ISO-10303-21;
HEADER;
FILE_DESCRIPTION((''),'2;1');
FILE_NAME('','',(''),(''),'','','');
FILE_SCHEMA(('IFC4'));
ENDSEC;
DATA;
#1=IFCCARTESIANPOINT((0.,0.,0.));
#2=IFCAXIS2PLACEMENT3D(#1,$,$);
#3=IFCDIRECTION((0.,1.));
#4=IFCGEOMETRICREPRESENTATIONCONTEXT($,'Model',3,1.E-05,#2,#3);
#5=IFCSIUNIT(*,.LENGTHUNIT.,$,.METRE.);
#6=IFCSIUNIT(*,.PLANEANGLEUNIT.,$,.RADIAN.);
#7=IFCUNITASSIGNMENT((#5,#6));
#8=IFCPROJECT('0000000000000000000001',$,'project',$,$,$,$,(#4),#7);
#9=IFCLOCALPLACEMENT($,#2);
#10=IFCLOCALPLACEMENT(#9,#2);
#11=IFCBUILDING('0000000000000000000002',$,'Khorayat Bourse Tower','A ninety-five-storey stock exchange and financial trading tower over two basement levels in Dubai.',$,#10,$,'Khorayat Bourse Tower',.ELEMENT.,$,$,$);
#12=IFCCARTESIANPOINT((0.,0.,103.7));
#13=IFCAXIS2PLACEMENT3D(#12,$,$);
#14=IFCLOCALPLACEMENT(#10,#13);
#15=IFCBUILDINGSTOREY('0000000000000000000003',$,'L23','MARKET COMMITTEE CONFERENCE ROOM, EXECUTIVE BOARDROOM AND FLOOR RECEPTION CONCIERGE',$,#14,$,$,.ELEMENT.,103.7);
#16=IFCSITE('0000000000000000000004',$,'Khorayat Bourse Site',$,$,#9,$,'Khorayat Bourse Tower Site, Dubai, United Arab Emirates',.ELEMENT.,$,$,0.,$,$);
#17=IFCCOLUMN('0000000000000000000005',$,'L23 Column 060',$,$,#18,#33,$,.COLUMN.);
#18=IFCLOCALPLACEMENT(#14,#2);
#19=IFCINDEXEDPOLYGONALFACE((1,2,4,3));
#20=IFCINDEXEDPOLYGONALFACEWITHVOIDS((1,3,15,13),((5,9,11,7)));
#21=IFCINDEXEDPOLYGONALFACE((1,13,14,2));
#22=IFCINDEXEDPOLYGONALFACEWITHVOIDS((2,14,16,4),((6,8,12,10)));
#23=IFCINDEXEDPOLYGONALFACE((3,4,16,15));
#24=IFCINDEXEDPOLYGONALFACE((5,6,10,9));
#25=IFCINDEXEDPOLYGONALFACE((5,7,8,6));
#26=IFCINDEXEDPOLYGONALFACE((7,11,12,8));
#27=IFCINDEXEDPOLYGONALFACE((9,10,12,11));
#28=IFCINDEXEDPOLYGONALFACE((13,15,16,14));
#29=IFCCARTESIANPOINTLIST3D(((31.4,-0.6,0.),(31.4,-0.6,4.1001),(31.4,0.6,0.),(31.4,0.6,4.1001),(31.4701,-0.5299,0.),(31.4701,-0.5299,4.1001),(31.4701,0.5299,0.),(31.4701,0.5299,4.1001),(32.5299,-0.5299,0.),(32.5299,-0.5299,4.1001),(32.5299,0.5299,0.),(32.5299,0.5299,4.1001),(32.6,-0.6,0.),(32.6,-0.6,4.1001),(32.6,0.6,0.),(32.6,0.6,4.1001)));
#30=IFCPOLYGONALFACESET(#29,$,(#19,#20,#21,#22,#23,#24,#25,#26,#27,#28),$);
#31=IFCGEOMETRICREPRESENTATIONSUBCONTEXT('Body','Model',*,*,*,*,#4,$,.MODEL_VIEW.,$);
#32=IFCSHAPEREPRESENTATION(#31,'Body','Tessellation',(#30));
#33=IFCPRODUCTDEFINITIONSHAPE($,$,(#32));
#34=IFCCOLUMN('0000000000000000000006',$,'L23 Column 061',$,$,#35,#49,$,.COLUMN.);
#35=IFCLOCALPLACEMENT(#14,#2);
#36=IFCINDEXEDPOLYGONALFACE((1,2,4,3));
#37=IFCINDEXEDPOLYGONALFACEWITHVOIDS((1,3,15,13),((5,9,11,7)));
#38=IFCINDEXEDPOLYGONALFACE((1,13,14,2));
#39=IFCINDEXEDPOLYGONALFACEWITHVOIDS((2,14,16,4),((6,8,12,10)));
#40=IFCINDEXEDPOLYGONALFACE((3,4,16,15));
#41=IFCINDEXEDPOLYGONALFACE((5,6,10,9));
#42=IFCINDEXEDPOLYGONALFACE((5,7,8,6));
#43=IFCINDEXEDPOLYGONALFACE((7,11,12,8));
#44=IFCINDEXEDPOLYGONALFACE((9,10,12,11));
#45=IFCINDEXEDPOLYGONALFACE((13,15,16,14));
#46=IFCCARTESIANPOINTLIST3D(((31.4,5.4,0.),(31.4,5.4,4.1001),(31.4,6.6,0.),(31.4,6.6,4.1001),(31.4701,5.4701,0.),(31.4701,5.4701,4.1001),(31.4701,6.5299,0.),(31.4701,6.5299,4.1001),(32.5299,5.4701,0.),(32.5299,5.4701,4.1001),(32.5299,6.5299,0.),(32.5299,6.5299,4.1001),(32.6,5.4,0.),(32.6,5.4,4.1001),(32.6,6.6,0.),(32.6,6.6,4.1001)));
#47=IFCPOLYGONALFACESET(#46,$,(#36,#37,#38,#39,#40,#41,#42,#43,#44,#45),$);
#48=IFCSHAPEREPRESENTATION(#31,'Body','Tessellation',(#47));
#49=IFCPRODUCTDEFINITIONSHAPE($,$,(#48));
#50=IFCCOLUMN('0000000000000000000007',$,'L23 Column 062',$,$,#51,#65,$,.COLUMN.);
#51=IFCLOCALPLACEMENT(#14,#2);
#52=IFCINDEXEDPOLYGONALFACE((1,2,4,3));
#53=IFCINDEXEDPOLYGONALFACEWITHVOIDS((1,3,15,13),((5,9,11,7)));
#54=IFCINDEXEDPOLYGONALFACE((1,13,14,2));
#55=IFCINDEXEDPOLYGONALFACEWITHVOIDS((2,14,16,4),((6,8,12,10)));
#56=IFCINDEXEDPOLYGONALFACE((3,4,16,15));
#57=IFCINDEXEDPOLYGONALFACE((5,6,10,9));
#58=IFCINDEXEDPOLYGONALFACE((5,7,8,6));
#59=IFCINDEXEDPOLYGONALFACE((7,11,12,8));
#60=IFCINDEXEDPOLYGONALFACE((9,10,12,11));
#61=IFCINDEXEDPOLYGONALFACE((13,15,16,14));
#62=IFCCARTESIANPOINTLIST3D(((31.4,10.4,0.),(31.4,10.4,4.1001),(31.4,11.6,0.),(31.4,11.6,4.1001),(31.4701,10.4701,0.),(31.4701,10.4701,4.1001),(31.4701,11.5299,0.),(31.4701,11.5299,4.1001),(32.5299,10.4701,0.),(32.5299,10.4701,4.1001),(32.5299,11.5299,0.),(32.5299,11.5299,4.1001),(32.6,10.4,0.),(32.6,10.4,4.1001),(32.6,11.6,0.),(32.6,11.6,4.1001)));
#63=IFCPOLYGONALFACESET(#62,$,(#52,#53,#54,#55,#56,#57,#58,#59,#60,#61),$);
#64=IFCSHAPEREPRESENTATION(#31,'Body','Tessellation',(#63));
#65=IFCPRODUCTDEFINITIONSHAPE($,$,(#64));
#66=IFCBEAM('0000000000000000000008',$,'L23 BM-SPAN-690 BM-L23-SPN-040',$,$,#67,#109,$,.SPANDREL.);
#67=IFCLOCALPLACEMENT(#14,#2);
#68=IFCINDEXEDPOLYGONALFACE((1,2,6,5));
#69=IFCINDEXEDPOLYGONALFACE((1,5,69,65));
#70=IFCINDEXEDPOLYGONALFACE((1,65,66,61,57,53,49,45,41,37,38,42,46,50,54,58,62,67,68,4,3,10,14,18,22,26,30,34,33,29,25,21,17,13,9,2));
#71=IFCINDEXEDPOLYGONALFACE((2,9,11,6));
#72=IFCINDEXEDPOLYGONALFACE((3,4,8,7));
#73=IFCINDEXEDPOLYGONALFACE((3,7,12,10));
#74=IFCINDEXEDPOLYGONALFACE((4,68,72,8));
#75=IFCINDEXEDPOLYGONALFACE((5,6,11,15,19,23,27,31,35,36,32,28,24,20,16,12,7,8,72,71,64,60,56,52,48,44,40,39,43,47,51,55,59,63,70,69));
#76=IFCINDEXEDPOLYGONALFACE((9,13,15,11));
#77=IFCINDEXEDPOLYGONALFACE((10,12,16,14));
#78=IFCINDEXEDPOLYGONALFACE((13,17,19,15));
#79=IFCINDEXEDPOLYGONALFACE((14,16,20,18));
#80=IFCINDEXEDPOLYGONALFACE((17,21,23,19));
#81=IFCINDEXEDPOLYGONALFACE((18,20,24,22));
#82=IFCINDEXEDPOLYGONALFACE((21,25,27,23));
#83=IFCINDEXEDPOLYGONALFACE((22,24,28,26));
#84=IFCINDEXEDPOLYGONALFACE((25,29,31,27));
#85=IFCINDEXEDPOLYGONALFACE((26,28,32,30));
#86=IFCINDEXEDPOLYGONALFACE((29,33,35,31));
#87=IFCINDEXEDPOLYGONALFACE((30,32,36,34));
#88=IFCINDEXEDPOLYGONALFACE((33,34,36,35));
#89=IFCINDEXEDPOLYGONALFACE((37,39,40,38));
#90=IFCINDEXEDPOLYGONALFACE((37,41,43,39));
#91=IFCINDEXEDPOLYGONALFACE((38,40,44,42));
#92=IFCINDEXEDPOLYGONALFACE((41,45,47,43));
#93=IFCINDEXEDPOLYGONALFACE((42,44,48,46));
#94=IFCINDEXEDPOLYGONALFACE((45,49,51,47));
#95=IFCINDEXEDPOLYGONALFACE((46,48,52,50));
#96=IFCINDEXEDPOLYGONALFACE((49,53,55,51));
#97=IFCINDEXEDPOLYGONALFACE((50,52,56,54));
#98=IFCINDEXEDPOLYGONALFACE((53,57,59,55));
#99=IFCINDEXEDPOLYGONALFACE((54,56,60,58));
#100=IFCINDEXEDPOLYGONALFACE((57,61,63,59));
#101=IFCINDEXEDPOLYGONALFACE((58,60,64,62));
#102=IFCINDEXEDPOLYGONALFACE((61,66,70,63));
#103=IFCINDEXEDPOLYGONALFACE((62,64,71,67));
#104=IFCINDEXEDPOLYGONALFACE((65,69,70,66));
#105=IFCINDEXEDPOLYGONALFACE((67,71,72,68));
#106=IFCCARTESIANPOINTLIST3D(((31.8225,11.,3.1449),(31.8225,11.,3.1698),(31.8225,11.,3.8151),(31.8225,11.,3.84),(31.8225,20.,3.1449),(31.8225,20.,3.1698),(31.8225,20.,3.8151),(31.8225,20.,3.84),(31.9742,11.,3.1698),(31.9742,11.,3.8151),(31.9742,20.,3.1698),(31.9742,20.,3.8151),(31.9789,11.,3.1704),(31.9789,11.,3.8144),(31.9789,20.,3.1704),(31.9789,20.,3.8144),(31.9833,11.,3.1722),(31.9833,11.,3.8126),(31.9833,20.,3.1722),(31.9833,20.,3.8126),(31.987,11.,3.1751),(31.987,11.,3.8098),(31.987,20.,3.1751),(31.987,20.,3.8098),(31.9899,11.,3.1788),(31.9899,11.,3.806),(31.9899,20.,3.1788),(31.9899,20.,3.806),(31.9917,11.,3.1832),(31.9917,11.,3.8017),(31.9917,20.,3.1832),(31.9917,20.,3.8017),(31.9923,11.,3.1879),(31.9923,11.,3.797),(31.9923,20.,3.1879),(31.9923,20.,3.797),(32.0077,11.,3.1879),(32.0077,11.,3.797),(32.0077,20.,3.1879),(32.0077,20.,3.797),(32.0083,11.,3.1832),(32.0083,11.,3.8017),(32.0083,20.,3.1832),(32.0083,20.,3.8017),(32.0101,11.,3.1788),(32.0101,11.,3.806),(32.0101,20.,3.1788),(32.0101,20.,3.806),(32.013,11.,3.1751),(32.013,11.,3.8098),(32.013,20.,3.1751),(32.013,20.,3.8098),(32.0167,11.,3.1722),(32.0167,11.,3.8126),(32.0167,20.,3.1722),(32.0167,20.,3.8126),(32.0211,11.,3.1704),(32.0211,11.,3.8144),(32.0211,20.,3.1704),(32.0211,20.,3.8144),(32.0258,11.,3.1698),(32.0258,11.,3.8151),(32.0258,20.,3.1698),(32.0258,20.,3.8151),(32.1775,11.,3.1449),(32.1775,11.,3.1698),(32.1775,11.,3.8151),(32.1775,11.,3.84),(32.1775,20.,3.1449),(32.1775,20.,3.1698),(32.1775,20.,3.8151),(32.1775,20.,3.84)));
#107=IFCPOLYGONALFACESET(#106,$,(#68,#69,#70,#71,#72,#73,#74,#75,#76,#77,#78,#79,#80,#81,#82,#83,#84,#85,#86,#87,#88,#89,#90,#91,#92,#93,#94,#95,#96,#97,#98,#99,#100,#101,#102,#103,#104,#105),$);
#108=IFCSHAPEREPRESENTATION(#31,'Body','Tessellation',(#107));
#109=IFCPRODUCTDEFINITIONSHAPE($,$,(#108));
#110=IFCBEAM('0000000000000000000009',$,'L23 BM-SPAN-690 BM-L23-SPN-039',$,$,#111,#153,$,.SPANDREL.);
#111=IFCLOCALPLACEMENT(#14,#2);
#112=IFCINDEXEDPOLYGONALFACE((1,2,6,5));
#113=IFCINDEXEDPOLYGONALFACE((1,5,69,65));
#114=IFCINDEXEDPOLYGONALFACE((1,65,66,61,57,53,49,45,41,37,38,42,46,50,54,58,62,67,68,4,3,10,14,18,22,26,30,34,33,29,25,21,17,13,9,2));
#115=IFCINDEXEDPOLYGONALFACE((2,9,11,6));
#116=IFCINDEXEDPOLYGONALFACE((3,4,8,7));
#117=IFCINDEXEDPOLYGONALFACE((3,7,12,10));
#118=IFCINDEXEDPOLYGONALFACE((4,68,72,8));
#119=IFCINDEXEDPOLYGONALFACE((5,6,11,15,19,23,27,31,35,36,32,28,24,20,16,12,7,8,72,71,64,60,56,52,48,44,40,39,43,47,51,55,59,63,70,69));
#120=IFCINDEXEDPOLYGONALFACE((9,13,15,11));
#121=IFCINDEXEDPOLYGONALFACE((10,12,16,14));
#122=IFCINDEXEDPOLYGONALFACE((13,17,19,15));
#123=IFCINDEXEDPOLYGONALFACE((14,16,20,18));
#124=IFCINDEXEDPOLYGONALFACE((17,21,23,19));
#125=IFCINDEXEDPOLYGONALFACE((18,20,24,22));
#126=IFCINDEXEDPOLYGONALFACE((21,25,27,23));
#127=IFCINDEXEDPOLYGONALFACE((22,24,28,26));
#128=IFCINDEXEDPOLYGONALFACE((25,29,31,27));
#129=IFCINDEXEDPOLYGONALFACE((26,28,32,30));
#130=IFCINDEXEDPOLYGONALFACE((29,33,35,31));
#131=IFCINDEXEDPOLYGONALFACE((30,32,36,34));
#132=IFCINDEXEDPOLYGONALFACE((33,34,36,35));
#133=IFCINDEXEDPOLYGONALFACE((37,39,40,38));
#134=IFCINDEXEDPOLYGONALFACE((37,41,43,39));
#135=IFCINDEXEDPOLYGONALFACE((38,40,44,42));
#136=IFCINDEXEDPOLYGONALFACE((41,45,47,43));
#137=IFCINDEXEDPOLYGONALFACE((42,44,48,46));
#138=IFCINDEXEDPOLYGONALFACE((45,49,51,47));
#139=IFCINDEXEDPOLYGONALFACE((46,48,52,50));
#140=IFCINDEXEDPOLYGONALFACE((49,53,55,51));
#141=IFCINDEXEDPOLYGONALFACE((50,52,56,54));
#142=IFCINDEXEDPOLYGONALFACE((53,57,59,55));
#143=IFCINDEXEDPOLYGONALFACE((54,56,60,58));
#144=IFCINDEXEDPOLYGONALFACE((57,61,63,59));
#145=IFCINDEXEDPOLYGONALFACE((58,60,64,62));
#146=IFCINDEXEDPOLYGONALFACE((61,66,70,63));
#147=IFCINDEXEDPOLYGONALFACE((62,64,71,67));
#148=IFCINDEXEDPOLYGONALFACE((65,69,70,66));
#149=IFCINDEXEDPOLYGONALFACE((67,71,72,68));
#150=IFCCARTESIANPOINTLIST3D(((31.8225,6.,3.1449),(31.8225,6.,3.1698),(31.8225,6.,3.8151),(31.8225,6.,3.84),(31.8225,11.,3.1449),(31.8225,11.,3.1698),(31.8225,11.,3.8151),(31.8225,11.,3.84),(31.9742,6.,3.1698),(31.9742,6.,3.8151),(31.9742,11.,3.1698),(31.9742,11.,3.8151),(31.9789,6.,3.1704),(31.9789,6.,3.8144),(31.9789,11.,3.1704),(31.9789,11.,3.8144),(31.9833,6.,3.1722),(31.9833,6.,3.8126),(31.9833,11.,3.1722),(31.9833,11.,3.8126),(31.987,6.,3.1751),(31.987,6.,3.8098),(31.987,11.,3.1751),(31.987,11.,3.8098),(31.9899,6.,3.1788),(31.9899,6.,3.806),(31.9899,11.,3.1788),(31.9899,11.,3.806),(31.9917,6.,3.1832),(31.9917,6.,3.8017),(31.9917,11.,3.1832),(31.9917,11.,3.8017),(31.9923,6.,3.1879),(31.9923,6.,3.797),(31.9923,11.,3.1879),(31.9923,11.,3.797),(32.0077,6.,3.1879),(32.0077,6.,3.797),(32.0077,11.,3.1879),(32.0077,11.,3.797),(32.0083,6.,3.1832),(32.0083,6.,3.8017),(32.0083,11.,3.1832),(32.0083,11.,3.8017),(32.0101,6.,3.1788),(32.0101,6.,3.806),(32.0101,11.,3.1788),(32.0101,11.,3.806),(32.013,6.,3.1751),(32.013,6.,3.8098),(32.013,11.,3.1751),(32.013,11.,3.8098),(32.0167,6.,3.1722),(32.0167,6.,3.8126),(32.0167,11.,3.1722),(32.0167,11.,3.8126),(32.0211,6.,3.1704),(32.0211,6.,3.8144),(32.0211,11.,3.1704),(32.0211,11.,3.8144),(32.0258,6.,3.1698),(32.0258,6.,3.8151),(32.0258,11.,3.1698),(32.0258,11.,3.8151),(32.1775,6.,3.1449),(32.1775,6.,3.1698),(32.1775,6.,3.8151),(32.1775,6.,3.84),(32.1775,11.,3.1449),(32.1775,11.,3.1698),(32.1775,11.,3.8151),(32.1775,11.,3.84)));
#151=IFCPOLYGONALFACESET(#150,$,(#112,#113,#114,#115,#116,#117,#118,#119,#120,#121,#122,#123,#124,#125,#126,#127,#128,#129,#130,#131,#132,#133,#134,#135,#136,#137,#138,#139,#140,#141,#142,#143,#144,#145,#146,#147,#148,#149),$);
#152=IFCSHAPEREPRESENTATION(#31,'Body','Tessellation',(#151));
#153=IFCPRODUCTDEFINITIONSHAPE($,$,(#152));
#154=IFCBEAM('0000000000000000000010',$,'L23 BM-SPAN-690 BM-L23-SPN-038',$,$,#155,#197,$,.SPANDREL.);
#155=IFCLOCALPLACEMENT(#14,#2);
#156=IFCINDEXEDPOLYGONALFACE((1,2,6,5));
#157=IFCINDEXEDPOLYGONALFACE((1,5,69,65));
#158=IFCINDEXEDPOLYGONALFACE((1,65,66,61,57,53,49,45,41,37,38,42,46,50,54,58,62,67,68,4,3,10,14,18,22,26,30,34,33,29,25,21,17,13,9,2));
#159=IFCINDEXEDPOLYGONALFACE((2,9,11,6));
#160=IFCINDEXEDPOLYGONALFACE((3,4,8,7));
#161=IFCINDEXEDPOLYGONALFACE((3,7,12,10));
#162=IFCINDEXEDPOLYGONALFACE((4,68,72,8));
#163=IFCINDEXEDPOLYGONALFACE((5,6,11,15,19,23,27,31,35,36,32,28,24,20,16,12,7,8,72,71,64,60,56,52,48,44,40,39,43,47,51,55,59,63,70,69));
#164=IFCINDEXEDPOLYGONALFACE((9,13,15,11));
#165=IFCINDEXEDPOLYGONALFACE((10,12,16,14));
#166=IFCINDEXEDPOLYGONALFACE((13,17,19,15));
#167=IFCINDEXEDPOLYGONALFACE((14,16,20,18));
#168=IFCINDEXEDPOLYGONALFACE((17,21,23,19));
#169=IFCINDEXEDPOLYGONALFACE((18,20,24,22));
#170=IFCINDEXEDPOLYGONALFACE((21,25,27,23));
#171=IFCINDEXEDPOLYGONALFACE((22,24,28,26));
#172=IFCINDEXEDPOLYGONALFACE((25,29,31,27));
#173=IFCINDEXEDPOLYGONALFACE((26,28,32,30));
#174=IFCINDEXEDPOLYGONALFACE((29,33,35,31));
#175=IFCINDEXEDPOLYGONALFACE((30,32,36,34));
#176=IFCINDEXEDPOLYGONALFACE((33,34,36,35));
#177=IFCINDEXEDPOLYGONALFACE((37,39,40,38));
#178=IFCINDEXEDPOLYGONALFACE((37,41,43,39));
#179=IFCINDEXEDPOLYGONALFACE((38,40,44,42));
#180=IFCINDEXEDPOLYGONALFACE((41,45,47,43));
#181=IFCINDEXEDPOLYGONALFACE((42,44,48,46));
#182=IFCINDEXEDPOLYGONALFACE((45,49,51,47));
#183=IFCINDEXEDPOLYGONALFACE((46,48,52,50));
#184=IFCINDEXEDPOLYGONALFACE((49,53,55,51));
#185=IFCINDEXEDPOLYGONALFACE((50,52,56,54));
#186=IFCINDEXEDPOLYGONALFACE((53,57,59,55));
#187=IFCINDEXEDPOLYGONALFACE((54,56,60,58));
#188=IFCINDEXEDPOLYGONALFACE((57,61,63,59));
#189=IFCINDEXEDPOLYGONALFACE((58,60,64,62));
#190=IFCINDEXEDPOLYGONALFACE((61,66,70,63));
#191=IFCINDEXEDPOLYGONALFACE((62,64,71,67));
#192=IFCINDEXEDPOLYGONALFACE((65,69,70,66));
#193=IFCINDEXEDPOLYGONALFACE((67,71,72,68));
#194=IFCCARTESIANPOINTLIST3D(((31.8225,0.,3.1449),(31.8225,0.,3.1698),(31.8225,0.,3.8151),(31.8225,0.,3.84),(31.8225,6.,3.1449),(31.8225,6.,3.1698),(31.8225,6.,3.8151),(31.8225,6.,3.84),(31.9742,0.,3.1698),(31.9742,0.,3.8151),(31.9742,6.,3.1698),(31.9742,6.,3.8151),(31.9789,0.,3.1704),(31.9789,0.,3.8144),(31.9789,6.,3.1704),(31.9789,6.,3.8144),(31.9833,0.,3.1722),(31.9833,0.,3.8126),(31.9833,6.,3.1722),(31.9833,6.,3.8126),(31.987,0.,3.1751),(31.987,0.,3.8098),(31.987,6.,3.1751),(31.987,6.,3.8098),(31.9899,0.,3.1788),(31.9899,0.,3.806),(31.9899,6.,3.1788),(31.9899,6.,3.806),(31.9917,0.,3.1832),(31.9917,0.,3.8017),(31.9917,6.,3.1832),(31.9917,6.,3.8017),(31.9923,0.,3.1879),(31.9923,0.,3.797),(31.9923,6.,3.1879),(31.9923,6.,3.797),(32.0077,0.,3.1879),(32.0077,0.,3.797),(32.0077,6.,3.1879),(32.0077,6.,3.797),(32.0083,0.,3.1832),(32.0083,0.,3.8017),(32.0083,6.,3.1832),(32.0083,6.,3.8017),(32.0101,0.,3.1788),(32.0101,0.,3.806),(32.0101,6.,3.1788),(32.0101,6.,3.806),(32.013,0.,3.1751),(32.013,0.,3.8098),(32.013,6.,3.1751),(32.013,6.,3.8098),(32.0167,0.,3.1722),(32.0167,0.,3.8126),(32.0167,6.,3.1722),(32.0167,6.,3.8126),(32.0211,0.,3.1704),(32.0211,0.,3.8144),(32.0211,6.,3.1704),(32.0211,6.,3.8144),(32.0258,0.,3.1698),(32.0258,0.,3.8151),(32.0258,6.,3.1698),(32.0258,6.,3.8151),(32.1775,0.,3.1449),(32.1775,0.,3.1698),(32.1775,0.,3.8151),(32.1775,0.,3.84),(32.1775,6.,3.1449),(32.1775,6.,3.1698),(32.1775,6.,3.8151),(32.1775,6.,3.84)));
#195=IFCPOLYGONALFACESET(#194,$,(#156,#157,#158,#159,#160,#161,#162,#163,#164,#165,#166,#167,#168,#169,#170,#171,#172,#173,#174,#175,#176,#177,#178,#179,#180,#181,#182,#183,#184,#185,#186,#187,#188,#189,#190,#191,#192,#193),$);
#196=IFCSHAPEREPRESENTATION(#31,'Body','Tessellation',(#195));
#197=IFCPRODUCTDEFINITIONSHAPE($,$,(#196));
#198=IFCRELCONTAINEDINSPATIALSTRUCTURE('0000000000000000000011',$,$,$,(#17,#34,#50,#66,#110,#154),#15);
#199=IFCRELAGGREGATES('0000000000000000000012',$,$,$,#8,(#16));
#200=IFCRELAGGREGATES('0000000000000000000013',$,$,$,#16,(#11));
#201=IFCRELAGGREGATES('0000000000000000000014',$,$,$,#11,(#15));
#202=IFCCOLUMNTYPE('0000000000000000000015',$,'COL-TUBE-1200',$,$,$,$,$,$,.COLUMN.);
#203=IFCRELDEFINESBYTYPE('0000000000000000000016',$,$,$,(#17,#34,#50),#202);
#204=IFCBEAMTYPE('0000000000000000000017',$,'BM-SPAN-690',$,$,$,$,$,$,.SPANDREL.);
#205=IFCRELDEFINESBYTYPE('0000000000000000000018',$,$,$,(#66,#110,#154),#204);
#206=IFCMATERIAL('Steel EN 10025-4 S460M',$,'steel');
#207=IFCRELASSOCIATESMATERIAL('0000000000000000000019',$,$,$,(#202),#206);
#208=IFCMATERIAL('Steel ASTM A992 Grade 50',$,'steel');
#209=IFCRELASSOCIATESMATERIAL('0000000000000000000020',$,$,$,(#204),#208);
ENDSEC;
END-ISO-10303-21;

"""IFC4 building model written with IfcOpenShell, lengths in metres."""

from ifc_helpers import new_model, si_unit, direction, frame, origin, origin_2d, place, context, subcontext, project, spatial, hollow_rectangle, i_section, extrude, source, transform, mapped, material, material_profile, profile_set, type_object, element, save


model = new_model("IFC4")

# Units and contexts
model_context = context("Model", 3, precision=1e-05, world=origin(), true_north=direction((0.0, 1.0)))
body_context = subcontext(model_context, "Body", "Model", "MODEL_VIEW")
ifc_project = project(units=[si_unit("LENGTHUNIT", "METRE"), si_unit("PLANEANGLEUNIT", "RADIAN")], contexts=[model_context])

# Site, building, storey
site_placement = place(None, origin())
site = spatial("IfcSite", under=ifc_project, at=site_placement, Name="Khorayat Bourse Site", LongName="Khorayat Bourse Tower Site, Dubai, United Arab Emirates", CompositionType="ELEMENT", RefElevation=0.0)
building_placement = place(site_placement, origin())
building = spatial("IfcBuilding", under=site, at=building_placement, Name="Khorayat Bourse Tower", Description="A ninety-five-storey stock exchange and financial trading tower over two basement levels in Dubai.", LongName="Khorayat Bourse Tower", CompositionType="ELEMENT")
storey_placement = place(building_placement, frame((0.0, 0.0, 103.7)))
storey = spatial("IfcBuildingStorey", under=building, at=storey_placement, Name="L23", Description="MARKET COMMITTEE CONFERENCE ROOM, EXECUTIVE BOARDROOM AND FLOOR RECEPTION CONCIERGE", CompositionType="ELEMENT", Elevation=103.7)

# Columns
ifc_material_1 = material(Name="Steel EN 10025-4 S460M", Category="steel")
ifc_material_profile_1 = material_profile(ifc_material_1, hollow_rectangle(XDim=1.2, YDim=1.2, WallThickness=0.0701, at=origin_2d()), Name="BOX 1200x1200x70")
ifc_profile_set_1 = profile_set([ifc_material_profile_1], Name="Steel EN 10025-4 S460M")
column_type = type_object("IfcColumnType", Name="COL-TUBE-1200", PredefinedType="COLUMN", material=ifc_profile_set_1)
shared_shape_1 = source(origin(), body_context, "Body", "SweptSolid", [
    extrude(hollow_rectangle(XDim=1.2, YDim=1.2, WallThickness=0.0701, at=origin_2d()), origin(), (0.0, 0.0, 1.0), 4.1001),
])
for number, where, z_axis, x_axis, name in (
    (1, (32.0, 0.0, 0.0), (0.0, 0.0, 1.0), (1.0, 0.0, 0.0), "L23 Column 060"),
    (2, (32.0, 6.0, 0.0), (0.0, 0.0, 1.0), (1.0, 0.0, 0.0), "L23 Column 061"),
    (3, (32.0, 11.0, 0.0), (0.0, 0.0, 1.0), (1.0, 0.0, 0.0), "L23 Column 062"),
):
    element("IfcColumn", number, at=place(storey_placement, frame(where, z_axis=z_axis, x_axis=x_axis)), inside=storey, type_object=column_type, Name=name, PredefinedType="COLUMN", context=body_context, shape_type="MappedRepresentation", body=[
        mapped(shared_shape_1, transform((0.0, 0.0, 0.0), scale=1.0)),
    ])

# Beams
ifc_material_2 = material(Name="Steel ASTM A992 Grade 50", Category="steel")
ifc_material_profile_2 = material_profile(ifc_material_2, i_section(OverallWidth=0.355, OverallDepth=0.6951, WebThickness=0.0154, FlangeThickness=0.0249, FilletRadius=0.0181, at=origin_2d()), Name="W690X217")
ifc_profile_set_2 = profile_set([ifc_material_profile_2], Name="Steel ASTM A992 Grade 50")
beam_type_1 = type_object("IfcBeamType", Name="BM-SPAN-690", PredefinedType="SPANDREL", material=ifc_profile_set_2)
shared_shape_2 = source(origin(), body_context, "Body", "SweptSolid", [
    extrude(i_section(OverallWidth=0.355, OverallDepth=0.6951, WebThickness=0.0154, FlangeThickness=0.0249, FilletRadius=0.0181, at=origin_2d()), origin(), (0.0, 0.0, 1.0), 9.0),
])
beam_1_placement = place(storey_placement, frame((32.0, 11.0, 3.4924), z_axis=(0.0, 1.0, 0.0), x_axis=(-1.0, 0.0, 0.0)))
element("IfcBeam", 4, at=beam_1_placement, inside=storey, type_object=beam_type_1, Name="L23 BM-SPAN-690 BM-L23-SPN-040", PredefinedType="SPANDREL", context=body_context, shape_type="MappedRepresentation", body=[
    mapped(shared_shape_2, transform((0.0, 0.0, 0.0), scale=1.0)),
])
shared_shape_3 = source(origin(), body_context, "Body", "SweptSolid", [
    extrude(i_section(OverallWidth=0.355, OverallDepth=0.6951, WebThickness=0.0154, FlangeThickness=0.0249, FilletRadius=0.0181, at=origin_2d()), origin(), (0.0, 0.0, 1.0), 5.0),
])
beam_2_placement = place(storey_placement, frame((32.0, 6.0, 3.4924), z_axis=(0.0, 1.0, 0.0), x_axis=(-1.0, 0.0, 0.0)))
element("IfcBeam", 5, at=beam_2_placement, inside=storey, type_object=beam_type_1, Name="L23 BM-SPAN-690 BM-L23-SPN-039", PredefinedType="SPANDREL", context=body_context, shape_type="MappedRepresentation", body=[
    mapped(shared_shape_3, transform((0.0, 0.0, 0.0), scale=1.0)),
])
shared_shape_4 = source(origin(), body_context, "Body", "SweptSolid", [
    extrude(i_section(OverallWidth=0.355, OverallDepth=0.6951, WebThickness=0.0154, FlangeThickness=0.0249, FilletRadius=0.0181, at=origin_2d()), origin(), (0.0, 0.0, 1.0), 6.0),
])
beam_3_placement = place(storey_placement, frame((32.0, 0.0, 3.4924), z_axis=(0.0, 1.0, 0.0), x_axis=(-1.0, 0.0, 0.0)))
element("IfcBeam", 6, at=beam_3_placement, inside=storey, type_object=beam_type_1, Name="L23 BM-SPAN-690 BM-L23-SPN-038", PredefinedType="SPANDREL", context=body_context, shape_type="MappedRepresentation", body=[
    mapped(shared_shape_4, transform((0.0, 0.0, 0.0), scale=1.0)),
])

save(model, "model.ifc")
